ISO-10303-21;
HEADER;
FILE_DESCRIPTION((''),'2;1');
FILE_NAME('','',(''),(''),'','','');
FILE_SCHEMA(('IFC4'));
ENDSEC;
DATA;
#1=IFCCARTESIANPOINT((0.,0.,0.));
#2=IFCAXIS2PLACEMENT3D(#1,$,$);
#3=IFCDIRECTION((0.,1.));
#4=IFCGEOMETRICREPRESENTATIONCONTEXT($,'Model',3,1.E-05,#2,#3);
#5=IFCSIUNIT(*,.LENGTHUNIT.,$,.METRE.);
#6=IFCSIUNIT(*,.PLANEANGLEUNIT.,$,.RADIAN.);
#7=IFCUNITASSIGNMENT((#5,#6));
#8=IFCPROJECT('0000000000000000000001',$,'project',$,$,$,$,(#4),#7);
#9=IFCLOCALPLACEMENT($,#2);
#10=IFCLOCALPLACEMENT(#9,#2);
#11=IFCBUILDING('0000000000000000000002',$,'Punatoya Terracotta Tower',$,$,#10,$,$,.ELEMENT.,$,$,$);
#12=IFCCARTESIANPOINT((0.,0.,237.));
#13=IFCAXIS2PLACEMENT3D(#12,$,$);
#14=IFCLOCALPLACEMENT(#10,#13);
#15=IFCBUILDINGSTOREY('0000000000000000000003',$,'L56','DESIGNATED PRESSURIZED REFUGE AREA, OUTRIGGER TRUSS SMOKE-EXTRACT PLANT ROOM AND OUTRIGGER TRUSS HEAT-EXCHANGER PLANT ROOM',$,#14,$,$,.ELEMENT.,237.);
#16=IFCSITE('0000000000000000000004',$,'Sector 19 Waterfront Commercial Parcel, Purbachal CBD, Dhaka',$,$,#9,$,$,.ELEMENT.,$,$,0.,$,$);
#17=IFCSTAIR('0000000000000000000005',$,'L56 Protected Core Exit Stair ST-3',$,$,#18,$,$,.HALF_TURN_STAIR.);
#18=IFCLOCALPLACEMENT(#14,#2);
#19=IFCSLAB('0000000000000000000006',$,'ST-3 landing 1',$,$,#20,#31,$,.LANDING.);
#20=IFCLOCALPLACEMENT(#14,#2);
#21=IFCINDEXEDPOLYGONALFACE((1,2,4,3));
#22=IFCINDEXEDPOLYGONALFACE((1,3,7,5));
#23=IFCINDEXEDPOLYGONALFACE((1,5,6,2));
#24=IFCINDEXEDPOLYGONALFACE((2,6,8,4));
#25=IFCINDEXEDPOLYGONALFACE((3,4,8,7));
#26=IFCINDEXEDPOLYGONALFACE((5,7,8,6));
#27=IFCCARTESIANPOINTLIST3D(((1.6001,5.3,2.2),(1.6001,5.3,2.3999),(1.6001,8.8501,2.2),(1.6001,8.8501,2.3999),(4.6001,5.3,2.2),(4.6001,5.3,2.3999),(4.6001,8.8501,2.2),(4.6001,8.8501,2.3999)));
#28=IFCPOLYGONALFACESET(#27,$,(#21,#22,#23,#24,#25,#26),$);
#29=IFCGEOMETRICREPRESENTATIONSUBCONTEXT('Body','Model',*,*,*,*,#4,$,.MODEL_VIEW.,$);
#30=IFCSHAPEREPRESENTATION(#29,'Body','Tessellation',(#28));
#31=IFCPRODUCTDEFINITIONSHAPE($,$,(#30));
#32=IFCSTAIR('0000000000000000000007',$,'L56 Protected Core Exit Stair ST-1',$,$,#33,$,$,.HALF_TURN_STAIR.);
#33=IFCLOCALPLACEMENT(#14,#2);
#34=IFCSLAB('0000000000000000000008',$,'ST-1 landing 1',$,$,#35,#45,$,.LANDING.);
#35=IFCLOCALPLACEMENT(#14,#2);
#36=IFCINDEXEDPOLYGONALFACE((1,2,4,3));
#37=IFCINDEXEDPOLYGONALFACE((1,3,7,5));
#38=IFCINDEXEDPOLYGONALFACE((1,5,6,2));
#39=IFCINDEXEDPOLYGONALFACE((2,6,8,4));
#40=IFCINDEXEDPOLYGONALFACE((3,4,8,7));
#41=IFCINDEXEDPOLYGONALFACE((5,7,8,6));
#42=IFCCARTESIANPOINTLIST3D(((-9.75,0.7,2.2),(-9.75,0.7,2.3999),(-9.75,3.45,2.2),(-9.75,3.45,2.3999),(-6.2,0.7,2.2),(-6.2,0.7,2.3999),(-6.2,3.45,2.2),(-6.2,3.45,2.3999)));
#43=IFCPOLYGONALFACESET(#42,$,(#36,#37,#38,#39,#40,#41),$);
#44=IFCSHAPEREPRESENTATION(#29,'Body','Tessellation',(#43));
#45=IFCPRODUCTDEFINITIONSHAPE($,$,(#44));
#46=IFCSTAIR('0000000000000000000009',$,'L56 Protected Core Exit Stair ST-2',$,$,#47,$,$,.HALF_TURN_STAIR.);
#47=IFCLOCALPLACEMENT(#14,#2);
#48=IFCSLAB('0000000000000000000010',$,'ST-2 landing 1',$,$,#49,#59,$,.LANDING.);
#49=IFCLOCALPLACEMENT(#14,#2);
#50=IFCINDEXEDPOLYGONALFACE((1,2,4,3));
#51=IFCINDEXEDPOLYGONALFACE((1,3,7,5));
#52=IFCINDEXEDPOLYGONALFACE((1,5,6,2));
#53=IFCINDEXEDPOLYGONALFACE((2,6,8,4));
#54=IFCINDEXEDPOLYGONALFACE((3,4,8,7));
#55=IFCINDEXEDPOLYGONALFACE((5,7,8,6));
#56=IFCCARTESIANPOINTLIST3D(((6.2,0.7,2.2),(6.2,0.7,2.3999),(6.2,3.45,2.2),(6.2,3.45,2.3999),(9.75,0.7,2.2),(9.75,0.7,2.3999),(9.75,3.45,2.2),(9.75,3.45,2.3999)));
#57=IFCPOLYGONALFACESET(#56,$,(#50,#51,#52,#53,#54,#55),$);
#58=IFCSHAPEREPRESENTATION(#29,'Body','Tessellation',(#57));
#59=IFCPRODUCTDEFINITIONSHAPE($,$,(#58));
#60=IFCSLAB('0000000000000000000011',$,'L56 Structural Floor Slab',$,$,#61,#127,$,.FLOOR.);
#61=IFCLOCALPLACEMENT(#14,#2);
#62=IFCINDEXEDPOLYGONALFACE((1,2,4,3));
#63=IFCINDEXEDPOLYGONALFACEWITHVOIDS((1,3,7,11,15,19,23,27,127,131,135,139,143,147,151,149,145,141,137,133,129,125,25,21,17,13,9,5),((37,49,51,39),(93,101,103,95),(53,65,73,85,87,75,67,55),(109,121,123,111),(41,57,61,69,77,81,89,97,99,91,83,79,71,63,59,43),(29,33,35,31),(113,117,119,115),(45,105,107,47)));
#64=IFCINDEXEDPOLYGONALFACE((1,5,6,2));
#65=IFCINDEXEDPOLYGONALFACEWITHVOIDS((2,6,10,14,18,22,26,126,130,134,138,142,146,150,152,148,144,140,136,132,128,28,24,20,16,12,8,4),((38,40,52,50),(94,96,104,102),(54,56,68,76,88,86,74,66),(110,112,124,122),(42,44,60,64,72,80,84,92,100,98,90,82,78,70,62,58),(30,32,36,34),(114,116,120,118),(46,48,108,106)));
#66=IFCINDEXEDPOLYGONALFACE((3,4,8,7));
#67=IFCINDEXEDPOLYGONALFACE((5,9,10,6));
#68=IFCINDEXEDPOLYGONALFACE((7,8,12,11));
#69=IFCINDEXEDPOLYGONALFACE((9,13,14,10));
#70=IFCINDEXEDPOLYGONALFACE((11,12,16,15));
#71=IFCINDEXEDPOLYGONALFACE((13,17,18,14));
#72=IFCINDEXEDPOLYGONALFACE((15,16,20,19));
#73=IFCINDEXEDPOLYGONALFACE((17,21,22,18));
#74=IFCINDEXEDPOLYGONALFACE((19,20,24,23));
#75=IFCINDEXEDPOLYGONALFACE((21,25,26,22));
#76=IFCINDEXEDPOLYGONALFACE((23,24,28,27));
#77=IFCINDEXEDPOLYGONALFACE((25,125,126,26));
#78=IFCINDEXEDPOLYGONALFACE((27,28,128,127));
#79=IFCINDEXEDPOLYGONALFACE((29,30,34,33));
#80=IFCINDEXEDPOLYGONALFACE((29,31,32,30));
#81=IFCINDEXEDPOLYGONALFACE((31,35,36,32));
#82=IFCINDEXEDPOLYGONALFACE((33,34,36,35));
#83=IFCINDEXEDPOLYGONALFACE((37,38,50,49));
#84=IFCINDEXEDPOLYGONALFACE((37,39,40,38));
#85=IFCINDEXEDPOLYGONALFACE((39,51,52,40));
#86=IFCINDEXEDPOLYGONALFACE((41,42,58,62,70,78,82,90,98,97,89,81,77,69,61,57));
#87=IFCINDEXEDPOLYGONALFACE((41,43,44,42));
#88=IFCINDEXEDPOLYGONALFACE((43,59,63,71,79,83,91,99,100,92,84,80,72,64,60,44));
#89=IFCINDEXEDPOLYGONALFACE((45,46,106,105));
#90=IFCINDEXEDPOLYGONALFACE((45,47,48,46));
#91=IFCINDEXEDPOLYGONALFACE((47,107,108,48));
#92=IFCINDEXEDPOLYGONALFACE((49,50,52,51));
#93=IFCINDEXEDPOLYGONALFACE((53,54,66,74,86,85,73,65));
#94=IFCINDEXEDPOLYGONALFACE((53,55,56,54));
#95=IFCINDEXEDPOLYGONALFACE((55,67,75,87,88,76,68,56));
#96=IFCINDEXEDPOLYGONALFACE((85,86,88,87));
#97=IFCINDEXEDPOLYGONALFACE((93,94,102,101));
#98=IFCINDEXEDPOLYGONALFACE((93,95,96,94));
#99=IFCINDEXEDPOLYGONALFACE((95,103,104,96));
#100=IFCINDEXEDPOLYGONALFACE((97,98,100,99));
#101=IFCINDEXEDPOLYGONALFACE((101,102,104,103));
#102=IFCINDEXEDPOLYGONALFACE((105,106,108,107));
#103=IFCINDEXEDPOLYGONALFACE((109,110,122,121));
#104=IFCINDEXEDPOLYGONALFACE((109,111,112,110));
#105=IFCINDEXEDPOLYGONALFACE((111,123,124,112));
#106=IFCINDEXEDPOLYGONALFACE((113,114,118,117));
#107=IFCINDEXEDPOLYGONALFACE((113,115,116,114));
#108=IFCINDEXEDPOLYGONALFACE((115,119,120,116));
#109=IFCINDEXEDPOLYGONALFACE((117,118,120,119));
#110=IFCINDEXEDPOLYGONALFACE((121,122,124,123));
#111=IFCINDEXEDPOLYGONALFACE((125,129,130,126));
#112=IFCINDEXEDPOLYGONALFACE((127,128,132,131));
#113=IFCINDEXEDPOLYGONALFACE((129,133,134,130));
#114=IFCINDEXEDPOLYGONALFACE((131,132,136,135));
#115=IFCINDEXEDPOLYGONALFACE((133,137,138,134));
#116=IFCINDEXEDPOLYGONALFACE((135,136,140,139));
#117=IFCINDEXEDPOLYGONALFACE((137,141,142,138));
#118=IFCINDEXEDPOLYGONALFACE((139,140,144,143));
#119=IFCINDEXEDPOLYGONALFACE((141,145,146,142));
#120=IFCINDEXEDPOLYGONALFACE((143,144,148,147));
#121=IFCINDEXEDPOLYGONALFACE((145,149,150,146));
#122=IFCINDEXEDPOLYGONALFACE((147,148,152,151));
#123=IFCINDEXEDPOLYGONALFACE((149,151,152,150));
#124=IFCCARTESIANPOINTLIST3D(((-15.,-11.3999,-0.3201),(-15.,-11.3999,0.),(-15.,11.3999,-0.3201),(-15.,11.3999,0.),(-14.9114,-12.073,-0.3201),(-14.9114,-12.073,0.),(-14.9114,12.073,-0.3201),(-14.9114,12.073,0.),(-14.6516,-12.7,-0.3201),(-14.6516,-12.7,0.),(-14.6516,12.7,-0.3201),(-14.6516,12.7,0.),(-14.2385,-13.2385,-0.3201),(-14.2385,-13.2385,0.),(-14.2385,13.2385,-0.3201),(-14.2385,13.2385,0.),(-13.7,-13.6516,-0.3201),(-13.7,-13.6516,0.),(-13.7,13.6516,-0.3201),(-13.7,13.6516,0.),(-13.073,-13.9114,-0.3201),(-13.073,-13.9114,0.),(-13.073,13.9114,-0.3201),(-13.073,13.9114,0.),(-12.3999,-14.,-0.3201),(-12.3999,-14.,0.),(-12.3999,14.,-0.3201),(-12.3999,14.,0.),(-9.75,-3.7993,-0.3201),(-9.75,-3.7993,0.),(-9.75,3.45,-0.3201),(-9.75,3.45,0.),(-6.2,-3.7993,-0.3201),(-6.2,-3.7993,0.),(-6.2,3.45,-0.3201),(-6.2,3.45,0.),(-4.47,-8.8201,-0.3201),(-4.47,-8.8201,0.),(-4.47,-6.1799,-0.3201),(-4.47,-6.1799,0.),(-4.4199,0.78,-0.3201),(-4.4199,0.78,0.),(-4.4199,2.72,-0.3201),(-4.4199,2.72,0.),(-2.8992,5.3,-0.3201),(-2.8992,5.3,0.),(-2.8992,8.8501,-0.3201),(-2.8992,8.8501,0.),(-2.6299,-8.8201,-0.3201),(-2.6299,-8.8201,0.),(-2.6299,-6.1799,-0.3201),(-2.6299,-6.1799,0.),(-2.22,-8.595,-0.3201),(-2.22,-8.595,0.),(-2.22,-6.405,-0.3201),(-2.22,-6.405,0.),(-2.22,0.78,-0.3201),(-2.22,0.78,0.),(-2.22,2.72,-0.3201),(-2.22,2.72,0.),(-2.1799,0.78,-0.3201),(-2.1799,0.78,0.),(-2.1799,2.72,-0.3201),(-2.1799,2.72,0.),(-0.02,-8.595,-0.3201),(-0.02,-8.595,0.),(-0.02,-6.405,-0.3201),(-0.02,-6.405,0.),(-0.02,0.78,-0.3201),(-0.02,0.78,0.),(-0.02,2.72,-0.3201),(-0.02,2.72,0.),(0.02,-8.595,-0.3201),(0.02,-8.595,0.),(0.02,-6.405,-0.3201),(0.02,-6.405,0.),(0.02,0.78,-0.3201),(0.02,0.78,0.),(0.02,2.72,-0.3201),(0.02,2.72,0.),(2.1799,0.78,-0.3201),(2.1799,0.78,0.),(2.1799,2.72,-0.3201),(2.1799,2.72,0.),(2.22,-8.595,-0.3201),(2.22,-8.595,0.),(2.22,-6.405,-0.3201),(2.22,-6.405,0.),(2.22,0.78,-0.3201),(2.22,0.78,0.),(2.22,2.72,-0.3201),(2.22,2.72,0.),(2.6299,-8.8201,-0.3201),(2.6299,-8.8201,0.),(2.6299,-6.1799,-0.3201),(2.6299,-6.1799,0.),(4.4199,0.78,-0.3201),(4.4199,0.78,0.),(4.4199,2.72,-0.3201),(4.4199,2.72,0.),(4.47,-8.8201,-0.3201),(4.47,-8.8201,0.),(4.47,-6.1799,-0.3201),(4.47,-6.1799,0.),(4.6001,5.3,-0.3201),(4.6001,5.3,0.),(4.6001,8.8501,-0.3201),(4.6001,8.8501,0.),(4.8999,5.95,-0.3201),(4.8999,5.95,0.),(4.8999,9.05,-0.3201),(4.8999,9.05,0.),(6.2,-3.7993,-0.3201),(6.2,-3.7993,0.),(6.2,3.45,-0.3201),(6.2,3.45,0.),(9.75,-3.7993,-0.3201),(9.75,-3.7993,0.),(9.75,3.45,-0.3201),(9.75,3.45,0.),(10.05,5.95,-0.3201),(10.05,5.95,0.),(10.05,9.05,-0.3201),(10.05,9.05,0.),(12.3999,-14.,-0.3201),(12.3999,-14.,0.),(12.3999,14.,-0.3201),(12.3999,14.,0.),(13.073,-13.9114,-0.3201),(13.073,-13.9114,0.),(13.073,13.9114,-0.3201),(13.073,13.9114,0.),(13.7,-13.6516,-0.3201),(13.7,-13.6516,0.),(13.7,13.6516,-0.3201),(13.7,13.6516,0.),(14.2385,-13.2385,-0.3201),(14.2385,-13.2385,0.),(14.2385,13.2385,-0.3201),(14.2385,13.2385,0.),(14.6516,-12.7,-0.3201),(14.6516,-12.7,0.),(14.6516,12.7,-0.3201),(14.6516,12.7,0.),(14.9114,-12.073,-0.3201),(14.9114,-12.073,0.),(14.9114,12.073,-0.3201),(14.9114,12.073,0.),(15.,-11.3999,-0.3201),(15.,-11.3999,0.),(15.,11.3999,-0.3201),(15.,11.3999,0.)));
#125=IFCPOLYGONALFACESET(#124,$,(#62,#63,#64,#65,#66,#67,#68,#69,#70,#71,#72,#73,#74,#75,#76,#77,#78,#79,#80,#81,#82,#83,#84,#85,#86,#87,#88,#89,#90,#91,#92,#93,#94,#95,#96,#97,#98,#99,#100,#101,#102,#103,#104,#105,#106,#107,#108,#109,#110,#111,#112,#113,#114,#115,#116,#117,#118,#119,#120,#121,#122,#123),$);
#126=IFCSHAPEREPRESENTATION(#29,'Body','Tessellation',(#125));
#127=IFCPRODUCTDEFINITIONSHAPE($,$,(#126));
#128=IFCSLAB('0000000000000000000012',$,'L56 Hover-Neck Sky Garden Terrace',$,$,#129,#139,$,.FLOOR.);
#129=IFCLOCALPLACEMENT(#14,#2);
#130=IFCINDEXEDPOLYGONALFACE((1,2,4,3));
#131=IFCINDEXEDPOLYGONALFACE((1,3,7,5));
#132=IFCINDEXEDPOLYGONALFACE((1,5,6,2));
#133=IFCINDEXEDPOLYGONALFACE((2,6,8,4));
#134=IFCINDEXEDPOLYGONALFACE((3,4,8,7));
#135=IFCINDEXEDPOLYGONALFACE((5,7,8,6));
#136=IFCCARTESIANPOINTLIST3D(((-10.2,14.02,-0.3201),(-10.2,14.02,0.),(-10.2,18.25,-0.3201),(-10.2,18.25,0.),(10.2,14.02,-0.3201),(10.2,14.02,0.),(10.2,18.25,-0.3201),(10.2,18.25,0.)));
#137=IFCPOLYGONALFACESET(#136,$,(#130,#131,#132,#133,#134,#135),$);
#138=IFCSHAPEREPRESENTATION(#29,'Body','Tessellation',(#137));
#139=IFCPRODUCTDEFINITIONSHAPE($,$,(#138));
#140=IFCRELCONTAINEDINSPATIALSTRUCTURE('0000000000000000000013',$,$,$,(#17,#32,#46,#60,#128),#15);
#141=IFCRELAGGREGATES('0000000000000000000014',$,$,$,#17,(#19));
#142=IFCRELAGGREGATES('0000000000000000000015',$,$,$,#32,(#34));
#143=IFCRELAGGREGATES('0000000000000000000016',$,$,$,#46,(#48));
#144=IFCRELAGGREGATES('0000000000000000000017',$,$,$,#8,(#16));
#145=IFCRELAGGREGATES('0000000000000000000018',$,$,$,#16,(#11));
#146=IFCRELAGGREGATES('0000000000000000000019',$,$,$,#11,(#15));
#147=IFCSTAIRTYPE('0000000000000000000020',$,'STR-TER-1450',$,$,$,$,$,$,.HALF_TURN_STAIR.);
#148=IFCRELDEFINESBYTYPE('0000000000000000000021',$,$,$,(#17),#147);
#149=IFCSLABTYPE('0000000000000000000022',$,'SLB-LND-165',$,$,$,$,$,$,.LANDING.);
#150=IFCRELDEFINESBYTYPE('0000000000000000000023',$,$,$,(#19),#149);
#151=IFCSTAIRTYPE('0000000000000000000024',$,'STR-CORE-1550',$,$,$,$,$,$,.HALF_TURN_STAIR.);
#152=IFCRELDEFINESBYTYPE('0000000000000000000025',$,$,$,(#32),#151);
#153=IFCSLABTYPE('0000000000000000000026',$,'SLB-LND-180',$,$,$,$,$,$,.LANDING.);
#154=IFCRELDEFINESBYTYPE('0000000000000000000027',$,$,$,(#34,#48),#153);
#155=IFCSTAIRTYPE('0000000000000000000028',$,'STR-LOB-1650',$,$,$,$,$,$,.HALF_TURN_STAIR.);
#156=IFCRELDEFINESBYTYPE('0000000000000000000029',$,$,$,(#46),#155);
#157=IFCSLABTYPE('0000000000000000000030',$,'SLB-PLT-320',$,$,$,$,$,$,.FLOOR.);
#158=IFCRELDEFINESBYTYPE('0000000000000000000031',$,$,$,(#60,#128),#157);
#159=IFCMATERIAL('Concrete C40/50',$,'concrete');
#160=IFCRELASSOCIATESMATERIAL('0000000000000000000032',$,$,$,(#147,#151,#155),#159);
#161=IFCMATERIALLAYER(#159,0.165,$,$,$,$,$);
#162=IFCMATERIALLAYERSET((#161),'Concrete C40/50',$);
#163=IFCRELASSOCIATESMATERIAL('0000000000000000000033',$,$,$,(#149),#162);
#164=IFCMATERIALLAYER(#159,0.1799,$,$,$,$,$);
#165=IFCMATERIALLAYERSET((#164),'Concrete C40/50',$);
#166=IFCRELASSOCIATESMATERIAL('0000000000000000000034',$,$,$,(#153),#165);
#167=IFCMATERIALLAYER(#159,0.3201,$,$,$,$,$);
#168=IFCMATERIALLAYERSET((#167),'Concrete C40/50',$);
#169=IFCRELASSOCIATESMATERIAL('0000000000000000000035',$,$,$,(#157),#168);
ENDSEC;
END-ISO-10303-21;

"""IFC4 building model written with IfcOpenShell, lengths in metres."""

from ifc_helpers import new_model, si_unit, direction, frame, origin, place, context, subcontext, project, spatial, polyline, outline, extrude, material, layer, layer_set, type_object, element, aggregate, save


model = new_model("IFC4")

# Units and contexts
model_context = context("Model", 3, precision=1e-05, world=origin(), true_north=direction((0.0, 1.0)))
body_context = subcontext(model_context, "Body", "Model", "MODEL_VIEW")
ifc_project = project(units=[si_unit("LENGTHUNIT", "METRE"), si_unit("PLANEANGLEUNIT", "RADIAN")], contexts=[model_context])

# Site, building, storey
site_placement = place(None, origin())
site = spatial("IfcSite", under=ifc_project, at=site_placement, Name="Sector 19 Waterfront Commercial Parcel, Purbachal CBD, Dhaka", CompositionType="ELEMENT", RefElevation=0.0)
building_placement = place(site_placement, origin())
building = spatial("IfcBuilding", under=site, at=building_placement, Name="Punatoya Terracotta Tower", CompositionType="ELEMENT")
storey_placement = place(building_placement, frame((0.0, 0.0, 237.0)))
storey = spatial("IfcBuildingStorey", under=building, at=storey_placement, Name="L56", Description="DESIGNATED PRESSURIZED REFUGE AREA, OUTRIGGER TRUSS SMOKE-EXTRACT PLANT ROOM AND OUTRIGGER TRUSS HEAT-EXCHANGER PLANT ROOM", CompositionType="ELEMENT", Elevation=237.0)

# Stairs, slabs
ifc_material_1 = material(Name="Concrete C40/50", Category="concrete")
stair_type_1 = type_object("IfcStairType", Name="STR-TER-1450", PredefinedType="HALF_TURN_STAIR", material=ifc_material_1)
stair_1_placement = place(storey_placement, origin())
stair_1 = element("IfcStair", 1, at=stair_1_placement, inside=storey, type_object=stair_type_1, Name="L56 Protected Core Exit Stair ST-3", PredefinedType="HALF_TURN_STAIR")
ifc_layer_1 = layer(ifc_material_1, 0.165)
ifc_layer_set_1 = layer_set([ifc_layer_1], Name="Concrete C40/50")
slab_type_1 = type_object("IfcSlabType", Name="SLB-LND-165", PredefinedType="LANDING", material=ifc_layer_set_1)
slab_1_placement = place(storey_placement, frame((0.0, 0.0, 2.2)))
slab_1 = element("IfcSlab", 2, at=slab_1_placement, type_object=slab_type_1, Name="ST-3 landing 1", PredefinedType="LANDING", context=body_context, shape_type="SweptSolid", body=[
    extrude(outline(polyline([(1.6001, 5.3), (4.6001, 5.3), (4.6001, 8.8501), (1.6001, 8.8501), (1.6001, 5.3)])), origin(), (0.0, 0.0, 1.0), 0.2),
])
aggregate(stair_1, [slab_1])
stair_type_2 = type_object("IfcStairType", Name="STR-CORE-1550", PredefinedType="HALF_TURN_STAIR", material=ifc_material_1)
stair_2_placement = place(storey_placement, origin())
stair_2 = element("IfcStair", 3, at=stair_2_placement, inside=storey, type_object=stair_type_2, Name="L56 Protected Core Exit Stair ST-1", PredefinedType="HALF_TURN_STAIR")
ifc_layer_2 = layer(ifc_material_1, 0.1799)
ifc_layer_set_2 = layer_set([ifc_layer_2], Name="Concrete C40/50")
slab_type_2 = type_object("IfcSlabType", Name="SLB-LND-180", PredefinedType="LANDING", material=ifc_layer_set_2)
slab_2_placement = place(storey_placement, frame((0.0, 0.0, 2.2)))
slab_2 = element("IfcSlab", 4, at=slab_2_placement, type_object=slab_type_2, Name="ST-1 landing 1", PredefinedType="LANDING", context=body_context, shape_type="SweptSolid", body=[
    extrude(outline(polyline([(-6.2, 0.7), (-6.2, 3.45), (-9.75, 3.45), (-9.75, 0.7), (-6.2, 0.7)])), origin(), (0.0, 0.0, 1.0), 0.2),
])
aggregate(stair_2, [slab_2])
stair_type_3 = type_object("IfcStairType", Name="STR-LOB-1650", PredefinedType="HALF_TURN_STAIR", material=ifc_material_1)
stair_3_placement = place(storey_placement, origin())
stair_3 = element("IfcStair", 5, at=stair_3_placement, inside=storey, type_object=stair_type_3, Name="L56 Protected Core Exit Stair ST-2", PredefinedType="HALF_TURN_STAIR")
slab_3_placement = place(storey_placement, frame((0.0, 0.0, 2.2)))
slab_3 = element("IfcSlab", 6, at=slab_3_placement, type_object=slab_type_2, Name="ST-2 landing 1", PredefinedType="LANDING", context=body_context, shape_type="SweptSolid", body=[
    extrude(outline(polyline([(9.75, 0.7), (9.75, 3.45), (6.2, 3.45), (6.2, 0.7), (9.75, 0.7)])), origin(), (0.0, 0.0, 1.0), 0.2),
])
aggregate(stair_3, [slab_3])

# Slabs
ifc_layer_3 = layer(ifc_material_1, 0.3201)
ifc_layer_set_3 = layer_set([ifc_layer_3], Name="Concrete C40/50")
slab_type_3 = type_object("IfcSlabType", Name="SLB-PLT-320", PredefinedType="FLOOR", material=ifc_layer_set_3)
slab_4_placement = place(storey_placement, frame((0.0, 0.0, -0.3201)))
element("IfcSlab", 7, at=slab_4_placement, inside=storey, type_object=slab_type_3, Name="L56 Structural Floor Slab", PredefinedType="FLOOR", context=body_context, shape_type="SweptSolid", body=[
    extrude(outline(polyline([(-12.3999, -14.0), (-13.073, -13.9114), (-13.7, -13.6516), (-14.2385, -13.2385), (-14.6516, -12.7), (-14.9114, -12.073), (-15.0, -11.3999), (-15.0, 11.3999), (-14.9114, 12.073), (-14.6516, 12.7), (-14.2385, 13.2385), (-13.7, 13.6516), (-13.073, 13.9114), (-12.3999, 14.0), (12.3999, 14.0), (13.073, 13.9114), (13.7, 13.6516), (14.2385, 13.2385), (14.6516, 12.7), (14.9114, 12.073), (15.0, 11.3999), (15.0, -11.3999), (14.9114, -12.073), (14.6516, -12.7), (14.2385, -13.2385), (13.7, -13.6516), (13.073, -13.9114), (12.3999, -14.0), (-12.3999, -14.0)]), holes=[polyline([(-2.6299, -6.1799), (-4.47, -6.1799), (-4.47, -8.8201), (-2.6299, -8.8201), (-2.6299, -6.1799)]), polyline([(0.02, -8.595), (2.22, -8.595), (2.22, -6.405), (0.02, -6.405), (-0.02, -6.405), (-2.22, -6.405), (-2.22, -8.595), (-0.02, -8.595), (0.02, -8.595)]), polyline([(-6.2, 3.45), (-9.75, 3.45), (-9.75, -3.7993), (-6.2, -3.7993), (-6.2, 3.45)]), polyline([(-4.4199, 2.72), (-4.4199, 0.78), (-2.22, 0.78), (-2.1799, 0.78), (-0.02, 0.78), (0.02, 0.78), (2.1799, 0.78), (2.22, 0.78), (4.4199, 0.78), (4.4199, 2.72), (2.22, 2.72), (2.1799, 2.72), (0.02, 2.72), (-0.02, 2.72), (-2.1799, 2.72), (-2.22, 2.72), (-4.4199, 2.72)]), polyline([(4.6001, 5.3), (4.6001, 8.8501), (-2.8992, 8.8501), (-2.8992, 5.3), (4.6001, 5.3)]), polyline([(4.47, -8.8201), (4.47, -6.1799), (2.6299, -6.1799), (2.6299, -8.8201), (4.47, -8.8201)]), polyline([(9.75, 3.45), (6.2, 3.45), (6.2, -3.7993), (9.75, -3.7993), (9.75, 3.45)]), polyline([(10.05, 5.95), (10.05, 9.05), (4.8999, 9.05), (4.8999, 5.95), (10.05, 5.95)])]), origin(), (0.0, 0.0, 1.0), 0.3201),
])
slab_5_placement = place(storey_placement, frame((0.0, 0.0, -0.3201)))
element("IfcSlab", 8, at=slab_5_placement, inside=storey, type_object=slab_type_3, Name="L56 Hover-Neck Sky Garden Terrace", PredefinedType="FLOOR", context=body_context, shape_type="SweptSolid", body=[
    extrude(outline(polyline([(-10.2, 18.25), (10.2, 18.25), (10.2, 14.02), (-10.2, 14.02), (-10.2, 18.25)])), origin(), (0.0, 0.0, 1.0), 0.3201),
])

save(model, "model.ifc")
